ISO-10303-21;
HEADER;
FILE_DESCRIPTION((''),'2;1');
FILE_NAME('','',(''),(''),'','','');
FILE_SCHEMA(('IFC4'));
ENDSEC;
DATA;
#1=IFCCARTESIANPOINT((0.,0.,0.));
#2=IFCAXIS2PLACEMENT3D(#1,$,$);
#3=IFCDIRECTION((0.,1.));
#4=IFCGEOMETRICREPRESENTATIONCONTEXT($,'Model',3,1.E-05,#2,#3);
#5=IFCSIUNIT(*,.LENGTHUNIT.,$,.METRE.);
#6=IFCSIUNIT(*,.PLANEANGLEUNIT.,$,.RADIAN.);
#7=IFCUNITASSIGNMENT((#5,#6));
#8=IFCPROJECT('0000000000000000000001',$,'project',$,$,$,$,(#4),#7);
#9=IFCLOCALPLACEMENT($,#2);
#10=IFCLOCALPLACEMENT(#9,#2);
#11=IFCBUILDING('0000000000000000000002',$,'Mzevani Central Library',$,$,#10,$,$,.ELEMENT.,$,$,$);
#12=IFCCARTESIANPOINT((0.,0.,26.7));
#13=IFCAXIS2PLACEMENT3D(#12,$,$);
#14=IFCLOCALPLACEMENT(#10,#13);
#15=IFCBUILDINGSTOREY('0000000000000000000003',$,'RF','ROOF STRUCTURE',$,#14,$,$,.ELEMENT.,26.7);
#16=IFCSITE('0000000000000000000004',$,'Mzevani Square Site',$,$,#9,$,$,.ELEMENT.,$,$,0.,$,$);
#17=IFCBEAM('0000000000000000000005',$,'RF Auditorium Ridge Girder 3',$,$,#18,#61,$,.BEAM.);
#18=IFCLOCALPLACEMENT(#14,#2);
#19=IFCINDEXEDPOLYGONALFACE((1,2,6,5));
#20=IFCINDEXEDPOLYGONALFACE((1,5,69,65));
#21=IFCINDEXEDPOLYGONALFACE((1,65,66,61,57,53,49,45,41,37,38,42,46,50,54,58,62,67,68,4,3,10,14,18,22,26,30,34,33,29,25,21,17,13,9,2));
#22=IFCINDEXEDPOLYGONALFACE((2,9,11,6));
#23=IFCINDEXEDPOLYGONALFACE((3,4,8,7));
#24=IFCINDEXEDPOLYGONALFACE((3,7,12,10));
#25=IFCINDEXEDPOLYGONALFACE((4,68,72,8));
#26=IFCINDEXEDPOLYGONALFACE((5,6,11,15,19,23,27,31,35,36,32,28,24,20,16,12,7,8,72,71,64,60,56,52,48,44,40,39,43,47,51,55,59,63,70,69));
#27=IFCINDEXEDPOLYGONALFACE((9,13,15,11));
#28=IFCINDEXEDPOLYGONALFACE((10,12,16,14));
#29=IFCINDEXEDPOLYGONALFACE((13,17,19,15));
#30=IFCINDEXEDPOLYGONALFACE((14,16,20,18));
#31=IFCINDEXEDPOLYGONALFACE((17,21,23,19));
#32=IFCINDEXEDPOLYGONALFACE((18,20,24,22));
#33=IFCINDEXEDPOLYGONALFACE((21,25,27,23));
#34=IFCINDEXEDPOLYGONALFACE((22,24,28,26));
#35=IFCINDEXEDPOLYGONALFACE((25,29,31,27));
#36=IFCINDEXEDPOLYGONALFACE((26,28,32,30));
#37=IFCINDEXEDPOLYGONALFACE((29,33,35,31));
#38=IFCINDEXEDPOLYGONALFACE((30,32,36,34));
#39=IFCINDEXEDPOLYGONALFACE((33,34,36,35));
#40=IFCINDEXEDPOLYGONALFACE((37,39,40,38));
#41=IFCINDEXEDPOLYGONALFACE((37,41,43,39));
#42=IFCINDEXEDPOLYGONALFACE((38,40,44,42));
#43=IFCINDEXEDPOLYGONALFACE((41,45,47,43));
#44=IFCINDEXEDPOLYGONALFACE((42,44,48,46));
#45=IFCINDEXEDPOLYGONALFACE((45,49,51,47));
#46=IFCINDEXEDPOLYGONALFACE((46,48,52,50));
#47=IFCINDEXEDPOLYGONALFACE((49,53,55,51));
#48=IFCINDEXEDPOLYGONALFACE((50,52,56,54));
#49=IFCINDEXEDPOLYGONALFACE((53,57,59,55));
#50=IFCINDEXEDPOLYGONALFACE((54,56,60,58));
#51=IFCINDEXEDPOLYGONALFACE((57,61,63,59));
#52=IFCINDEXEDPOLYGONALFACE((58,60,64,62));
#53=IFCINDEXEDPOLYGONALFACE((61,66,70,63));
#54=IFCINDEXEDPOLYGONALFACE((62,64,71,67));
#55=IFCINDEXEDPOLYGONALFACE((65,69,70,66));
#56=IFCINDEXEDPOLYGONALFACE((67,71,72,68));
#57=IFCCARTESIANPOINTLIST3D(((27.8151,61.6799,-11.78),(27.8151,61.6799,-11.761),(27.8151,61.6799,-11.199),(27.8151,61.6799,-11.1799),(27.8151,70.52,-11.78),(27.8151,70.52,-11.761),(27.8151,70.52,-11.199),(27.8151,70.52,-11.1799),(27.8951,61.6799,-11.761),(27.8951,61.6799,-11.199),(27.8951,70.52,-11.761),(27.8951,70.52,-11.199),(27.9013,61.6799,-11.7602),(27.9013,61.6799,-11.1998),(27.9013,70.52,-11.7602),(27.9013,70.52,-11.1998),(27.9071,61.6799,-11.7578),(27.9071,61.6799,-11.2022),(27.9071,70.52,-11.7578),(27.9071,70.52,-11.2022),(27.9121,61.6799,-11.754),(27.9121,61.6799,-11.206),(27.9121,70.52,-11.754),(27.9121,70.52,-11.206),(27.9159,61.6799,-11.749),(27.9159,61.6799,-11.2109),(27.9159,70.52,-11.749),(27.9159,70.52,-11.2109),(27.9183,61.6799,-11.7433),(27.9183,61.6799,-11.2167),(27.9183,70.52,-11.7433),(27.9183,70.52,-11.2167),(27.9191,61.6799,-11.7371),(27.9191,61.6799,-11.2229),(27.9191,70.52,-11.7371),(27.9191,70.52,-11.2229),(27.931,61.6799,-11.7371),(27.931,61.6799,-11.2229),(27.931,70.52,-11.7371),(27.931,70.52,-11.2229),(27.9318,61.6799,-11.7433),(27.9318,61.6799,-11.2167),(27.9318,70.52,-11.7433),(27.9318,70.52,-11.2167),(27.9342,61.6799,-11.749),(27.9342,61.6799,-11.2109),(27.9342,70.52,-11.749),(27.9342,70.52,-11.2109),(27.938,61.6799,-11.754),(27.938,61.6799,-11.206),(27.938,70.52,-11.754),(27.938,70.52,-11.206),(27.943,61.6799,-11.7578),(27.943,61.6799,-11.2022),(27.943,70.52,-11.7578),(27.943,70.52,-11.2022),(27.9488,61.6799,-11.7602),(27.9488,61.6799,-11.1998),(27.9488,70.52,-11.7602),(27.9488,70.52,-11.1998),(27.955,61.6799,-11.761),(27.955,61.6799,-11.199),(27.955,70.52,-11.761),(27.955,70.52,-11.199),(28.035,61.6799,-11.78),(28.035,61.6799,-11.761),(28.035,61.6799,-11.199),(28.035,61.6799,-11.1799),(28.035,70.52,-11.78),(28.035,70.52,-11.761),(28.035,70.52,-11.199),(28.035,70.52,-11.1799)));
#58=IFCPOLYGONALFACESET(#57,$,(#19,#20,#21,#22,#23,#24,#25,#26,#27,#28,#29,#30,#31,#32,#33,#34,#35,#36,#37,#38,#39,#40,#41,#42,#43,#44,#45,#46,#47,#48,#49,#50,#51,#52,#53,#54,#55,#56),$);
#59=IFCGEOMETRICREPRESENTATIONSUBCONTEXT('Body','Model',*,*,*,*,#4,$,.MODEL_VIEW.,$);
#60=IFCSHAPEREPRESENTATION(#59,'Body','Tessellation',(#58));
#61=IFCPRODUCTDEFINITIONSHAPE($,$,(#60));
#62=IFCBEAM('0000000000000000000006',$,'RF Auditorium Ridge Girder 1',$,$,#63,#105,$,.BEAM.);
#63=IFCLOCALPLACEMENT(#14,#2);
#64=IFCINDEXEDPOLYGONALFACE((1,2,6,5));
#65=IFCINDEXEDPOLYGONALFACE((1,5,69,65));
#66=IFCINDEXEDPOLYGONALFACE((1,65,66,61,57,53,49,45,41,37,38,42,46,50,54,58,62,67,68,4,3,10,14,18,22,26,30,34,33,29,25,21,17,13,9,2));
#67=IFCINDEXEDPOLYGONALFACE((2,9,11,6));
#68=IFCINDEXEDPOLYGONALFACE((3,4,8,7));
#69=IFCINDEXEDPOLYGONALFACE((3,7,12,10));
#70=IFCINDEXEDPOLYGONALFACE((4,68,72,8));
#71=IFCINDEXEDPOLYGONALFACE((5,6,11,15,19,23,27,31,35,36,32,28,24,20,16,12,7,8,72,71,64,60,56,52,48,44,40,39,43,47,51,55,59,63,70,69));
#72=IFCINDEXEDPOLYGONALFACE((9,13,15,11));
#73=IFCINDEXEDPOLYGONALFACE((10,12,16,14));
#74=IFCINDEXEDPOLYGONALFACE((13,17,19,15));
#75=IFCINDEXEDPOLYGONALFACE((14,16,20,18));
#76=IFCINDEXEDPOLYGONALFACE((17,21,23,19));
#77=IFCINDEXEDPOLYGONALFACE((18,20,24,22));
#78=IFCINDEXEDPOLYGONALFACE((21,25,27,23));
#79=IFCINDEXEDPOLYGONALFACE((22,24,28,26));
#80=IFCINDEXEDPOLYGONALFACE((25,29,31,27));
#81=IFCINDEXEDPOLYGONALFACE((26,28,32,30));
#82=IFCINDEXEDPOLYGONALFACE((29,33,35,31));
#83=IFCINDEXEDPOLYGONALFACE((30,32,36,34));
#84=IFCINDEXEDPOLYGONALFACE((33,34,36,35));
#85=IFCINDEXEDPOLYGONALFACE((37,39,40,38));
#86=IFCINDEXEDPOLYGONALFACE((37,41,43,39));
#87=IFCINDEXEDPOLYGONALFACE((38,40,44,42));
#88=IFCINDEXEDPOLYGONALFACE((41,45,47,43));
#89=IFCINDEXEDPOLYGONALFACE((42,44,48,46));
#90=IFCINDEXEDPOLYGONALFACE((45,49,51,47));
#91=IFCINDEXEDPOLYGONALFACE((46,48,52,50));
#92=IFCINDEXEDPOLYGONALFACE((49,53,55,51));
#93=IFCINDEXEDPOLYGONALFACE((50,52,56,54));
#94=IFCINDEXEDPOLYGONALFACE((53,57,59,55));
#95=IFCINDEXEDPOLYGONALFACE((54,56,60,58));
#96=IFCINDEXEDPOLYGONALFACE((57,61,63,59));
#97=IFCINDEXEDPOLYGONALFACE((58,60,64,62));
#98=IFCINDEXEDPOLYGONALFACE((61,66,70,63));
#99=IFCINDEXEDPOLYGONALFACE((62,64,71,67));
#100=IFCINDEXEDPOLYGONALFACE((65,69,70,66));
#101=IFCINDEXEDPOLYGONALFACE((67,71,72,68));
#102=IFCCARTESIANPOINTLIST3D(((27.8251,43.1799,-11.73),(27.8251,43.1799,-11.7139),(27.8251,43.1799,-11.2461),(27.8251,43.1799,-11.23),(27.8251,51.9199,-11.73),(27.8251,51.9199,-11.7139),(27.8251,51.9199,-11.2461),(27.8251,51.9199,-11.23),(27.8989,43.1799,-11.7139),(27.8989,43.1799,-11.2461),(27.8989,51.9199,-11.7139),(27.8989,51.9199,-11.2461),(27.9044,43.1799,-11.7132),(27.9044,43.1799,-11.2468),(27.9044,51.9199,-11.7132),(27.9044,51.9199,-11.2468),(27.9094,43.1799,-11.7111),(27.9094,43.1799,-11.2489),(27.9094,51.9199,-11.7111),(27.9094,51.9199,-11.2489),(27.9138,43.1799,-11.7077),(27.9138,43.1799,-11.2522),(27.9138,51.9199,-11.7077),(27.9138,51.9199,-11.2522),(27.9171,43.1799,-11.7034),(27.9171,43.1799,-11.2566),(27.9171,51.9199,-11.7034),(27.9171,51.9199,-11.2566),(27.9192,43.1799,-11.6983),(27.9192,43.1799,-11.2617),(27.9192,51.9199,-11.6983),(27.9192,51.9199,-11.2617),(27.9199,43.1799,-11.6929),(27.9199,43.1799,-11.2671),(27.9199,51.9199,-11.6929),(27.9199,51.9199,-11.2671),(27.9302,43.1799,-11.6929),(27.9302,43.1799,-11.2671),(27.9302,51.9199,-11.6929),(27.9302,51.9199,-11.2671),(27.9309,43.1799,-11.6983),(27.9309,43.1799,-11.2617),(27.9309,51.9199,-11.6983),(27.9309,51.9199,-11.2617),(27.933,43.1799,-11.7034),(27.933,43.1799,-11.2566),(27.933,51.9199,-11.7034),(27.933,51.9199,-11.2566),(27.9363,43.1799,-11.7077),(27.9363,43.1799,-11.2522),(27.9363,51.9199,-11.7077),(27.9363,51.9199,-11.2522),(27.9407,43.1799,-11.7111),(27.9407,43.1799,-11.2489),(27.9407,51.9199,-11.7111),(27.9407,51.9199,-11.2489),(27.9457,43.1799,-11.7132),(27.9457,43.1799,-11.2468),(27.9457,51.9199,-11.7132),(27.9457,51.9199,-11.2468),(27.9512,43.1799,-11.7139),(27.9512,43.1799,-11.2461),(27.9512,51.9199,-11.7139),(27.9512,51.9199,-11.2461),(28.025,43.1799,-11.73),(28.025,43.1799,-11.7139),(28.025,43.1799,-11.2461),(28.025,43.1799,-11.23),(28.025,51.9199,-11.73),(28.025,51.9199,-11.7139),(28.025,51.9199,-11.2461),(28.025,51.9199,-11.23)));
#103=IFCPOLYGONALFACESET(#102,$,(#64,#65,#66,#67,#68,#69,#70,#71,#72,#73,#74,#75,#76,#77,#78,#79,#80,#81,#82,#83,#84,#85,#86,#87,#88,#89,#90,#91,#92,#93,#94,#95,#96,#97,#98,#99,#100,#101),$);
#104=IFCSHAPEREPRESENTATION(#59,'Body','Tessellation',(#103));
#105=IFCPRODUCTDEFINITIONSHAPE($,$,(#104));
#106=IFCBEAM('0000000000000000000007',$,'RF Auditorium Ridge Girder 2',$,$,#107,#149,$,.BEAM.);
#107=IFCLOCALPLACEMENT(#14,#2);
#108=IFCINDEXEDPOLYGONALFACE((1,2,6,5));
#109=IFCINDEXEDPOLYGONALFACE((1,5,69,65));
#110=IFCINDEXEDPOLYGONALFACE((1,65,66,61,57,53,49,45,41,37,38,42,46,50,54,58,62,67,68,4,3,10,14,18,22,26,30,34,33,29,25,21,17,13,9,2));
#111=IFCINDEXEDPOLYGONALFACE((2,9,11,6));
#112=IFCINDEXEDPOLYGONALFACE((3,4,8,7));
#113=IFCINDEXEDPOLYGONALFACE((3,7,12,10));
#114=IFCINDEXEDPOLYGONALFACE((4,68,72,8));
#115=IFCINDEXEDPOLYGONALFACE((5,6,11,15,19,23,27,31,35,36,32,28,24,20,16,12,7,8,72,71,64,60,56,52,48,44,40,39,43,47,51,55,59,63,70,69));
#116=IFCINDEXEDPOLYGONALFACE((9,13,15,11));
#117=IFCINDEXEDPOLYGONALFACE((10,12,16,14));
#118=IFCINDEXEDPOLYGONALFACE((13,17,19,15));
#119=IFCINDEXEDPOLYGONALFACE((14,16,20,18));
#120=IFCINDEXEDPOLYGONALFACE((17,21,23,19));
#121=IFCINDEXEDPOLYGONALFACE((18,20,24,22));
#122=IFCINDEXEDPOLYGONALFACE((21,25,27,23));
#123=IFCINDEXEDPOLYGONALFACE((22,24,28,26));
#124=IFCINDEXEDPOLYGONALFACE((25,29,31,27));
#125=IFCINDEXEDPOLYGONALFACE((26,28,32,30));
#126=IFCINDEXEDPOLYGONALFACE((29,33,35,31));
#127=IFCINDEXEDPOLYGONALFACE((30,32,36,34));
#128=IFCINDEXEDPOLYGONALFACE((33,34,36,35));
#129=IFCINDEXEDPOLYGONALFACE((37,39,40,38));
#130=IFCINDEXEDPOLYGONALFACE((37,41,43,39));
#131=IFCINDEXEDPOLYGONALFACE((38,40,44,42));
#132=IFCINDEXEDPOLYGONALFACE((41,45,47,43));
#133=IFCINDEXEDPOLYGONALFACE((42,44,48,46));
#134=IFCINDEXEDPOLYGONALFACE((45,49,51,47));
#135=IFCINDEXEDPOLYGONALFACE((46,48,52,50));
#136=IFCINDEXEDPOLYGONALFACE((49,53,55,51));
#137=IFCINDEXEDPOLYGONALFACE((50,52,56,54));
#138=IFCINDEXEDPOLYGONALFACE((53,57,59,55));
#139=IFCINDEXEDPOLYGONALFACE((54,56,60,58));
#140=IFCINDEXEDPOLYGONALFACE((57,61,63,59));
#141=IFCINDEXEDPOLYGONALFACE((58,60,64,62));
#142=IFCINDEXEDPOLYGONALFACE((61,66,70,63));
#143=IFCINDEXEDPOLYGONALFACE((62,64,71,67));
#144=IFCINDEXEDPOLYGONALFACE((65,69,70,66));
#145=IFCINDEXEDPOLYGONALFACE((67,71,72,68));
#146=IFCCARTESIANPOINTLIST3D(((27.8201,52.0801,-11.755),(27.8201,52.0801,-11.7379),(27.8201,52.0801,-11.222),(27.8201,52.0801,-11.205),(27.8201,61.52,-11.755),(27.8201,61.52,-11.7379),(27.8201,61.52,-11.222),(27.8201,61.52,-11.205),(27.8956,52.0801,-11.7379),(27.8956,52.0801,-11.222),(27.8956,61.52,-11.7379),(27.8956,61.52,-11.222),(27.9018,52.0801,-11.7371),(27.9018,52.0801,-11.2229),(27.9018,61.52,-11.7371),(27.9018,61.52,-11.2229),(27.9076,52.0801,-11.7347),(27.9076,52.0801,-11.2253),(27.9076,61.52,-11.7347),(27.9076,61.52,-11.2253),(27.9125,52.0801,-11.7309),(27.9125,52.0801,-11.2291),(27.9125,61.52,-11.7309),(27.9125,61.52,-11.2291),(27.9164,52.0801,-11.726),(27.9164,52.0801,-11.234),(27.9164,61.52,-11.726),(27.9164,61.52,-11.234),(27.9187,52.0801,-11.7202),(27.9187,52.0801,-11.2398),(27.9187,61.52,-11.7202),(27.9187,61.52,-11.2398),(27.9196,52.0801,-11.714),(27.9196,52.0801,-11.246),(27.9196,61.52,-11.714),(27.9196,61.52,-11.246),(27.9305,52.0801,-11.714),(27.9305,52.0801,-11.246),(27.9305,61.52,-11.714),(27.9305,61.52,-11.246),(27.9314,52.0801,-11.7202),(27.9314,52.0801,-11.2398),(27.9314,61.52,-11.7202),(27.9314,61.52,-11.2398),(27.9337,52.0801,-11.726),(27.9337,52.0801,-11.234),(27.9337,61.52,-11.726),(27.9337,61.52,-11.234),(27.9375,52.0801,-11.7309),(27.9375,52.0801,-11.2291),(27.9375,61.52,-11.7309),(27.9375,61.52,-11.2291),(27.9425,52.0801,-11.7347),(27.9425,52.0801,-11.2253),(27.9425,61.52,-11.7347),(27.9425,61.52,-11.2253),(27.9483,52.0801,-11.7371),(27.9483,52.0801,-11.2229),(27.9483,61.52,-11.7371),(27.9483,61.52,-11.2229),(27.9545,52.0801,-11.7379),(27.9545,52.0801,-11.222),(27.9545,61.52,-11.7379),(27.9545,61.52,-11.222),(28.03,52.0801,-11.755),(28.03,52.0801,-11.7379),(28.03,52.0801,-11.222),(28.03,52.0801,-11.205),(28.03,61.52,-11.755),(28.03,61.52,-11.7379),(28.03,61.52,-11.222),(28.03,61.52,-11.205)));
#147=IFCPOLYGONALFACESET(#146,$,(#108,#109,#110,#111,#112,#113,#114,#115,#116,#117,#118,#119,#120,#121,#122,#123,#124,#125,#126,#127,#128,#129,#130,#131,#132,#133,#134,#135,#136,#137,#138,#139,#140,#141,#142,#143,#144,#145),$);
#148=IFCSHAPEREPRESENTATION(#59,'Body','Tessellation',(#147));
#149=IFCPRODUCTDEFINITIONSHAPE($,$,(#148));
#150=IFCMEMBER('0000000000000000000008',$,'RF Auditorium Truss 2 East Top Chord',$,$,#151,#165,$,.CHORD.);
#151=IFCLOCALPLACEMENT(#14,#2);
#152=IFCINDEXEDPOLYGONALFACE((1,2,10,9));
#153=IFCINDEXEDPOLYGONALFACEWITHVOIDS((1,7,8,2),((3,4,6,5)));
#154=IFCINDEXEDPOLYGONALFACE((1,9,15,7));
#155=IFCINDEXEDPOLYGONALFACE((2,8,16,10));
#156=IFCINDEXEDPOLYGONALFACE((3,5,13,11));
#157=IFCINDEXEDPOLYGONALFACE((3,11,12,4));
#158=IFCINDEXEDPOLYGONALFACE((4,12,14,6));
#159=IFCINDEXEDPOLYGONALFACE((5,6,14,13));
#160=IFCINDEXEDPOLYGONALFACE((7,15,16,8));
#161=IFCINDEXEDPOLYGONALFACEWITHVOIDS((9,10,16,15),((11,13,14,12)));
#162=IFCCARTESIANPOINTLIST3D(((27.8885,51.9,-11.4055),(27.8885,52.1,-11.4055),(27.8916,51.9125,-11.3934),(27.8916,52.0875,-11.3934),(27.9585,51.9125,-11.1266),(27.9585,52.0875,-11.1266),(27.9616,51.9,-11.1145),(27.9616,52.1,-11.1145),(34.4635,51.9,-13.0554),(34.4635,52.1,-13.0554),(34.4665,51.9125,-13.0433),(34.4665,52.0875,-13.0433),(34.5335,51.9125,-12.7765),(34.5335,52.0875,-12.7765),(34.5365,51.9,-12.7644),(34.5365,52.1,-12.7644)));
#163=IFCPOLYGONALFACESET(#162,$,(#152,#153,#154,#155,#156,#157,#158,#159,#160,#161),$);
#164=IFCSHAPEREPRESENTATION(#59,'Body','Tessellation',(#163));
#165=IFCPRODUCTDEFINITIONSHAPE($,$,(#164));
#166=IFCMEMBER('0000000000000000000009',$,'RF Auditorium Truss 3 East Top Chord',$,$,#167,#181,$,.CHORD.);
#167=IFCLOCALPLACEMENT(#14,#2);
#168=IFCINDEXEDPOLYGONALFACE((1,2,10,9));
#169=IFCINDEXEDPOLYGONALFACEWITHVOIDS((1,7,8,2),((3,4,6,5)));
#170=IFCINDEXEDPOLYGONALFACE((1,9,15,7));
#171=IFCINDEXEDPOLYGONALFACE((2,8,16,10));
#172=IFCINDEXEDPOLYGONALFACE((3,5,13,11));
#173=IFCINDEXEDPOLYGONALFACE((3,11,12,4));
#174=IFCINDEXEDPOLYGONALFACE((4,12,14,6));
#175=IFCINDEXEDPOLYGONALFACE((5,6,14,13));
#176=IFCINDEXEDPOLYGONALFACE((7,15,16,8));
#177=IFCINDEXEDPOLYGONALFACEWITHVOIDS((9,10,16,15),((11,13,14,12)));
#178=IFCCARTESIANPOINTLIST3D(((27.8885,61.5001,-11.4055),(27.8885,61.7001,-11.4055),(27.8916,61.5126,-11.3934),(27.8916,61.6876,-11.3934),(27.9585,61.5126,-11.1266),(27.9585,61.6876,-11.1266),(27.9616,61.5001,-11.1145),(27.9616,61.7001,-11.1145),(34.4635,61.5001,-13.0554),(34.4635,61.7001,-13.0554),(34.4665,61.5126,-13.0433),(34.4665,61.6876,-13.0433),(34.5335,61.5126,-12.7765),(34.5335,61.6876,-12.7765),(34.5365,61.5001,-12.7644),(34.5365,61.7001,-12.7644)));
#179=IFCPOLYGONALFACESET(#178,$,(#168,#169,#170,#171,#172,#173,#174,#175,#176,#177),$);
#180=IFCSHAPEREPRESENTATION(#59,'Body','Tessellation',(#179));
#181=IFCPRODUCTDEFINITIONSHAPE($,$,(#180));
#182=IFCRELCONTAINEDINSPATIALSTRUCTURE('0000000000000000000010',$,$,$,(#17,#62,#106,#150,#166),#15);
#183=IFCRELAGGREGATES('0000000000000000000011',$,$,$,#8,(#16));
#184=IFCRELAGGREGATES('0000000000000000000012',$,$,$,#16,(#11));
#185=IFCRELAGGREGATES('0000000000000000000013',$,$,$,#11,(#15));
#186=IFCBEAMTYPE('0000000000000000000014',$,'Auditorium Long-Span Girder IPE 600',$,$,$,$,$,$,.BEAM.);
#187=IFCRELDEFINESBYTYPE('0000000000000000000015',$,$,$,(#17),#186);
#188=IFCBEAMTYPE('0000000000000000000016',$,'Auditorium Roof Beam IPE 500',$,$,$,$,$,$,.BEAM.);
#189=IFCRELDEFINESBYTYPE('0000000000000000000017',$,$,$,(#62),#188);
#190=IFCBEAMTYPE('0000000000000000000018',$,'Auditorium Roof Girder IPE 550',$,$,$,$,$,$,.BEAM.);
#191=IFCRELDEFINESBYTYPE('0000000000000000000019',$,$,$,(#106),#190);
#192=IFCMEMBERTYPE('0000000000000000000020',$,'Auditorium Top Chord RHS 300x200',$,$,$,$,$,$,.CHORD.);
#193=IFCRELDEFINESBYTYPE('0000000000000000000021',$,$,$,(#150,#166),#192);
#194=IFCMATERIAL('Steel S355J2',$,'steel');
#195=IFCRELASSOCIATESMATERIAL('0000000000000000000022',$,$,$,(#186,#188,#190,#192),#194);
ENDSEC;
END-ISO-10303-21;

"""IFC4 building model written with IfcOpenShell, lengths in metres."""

from ifc_helpers import new_model, si_unit, direction, frame, origin, origin_2d, place, context, subcontext, project, spatial, hollow_rectangle, i_section, extrude, material, material_profile, profile_set, type_object, element, save


model = new_model("IFC4")

# Units and contexts
model_context = context("Model", 3, precision=1e-05, world=origin(), true_north=direction((0.0, 1.0)))
body_context = subcontext(model_context, "Body", "Model", "MODEL_VIEW")
ifc_project = project(units=[si_unit("LENGTHUNIT", "METRE"), si_unit("PLANEANGLEUNIT", "RADIAN")], contexts=[model_context])

# Site, building, storey
site_placement = place(None, origin())
site = spatial("IfcSite", under=ifc_project, at=site_placement, Name="Mzevani Square Site", CompositionType="ELEMENT", RefElevation=0.0)
building_placement = place(site_placement, origin())
building = spatial("IfcBuilding", under=site, at=building_placement, Name="Mzevani Central Library", CompositionType="ELEMENT")
storey_placement = place(building_placement, frame((0.0, 0.0, 26.7)))
storey = spatial("IfcBuildingStorey", under=building, at=storey_placement, Name="RF", Description="ROOF STRUCTURE", CompositionType="ELEMENT", Elevation=26.7)

# Beams
ifc_material = material(Name="Steel S355J2", Category="steel")
ifc_material_profile_1 = material_profile(ifc_material, i_section(OverallWidth=0.22, OverallDepth=0.6001, WebThickness=0.012, FlangeThickness=0.019, FilletRadius=0.0239, at=origin_2d()), Name="IPE 600")
ifc_profile_set_1 = profile_set([ifc_material_profile_1], Name="Steel S355J2")
beam_type_1 = type_object("IfcBeamType", Name="Auditorium Long-Span Girder IPE 600", PredefinedType="BEAM", material=ifc_profile_set_1)
beam_1_placement = place(storey_placement, frame((27.925, 61.6799, -11.48), z_axis=(0.0, 1.0, 0.0), x_axis=(-1.0, 0.0, 0.0)))
element("IfcBeam", 1, at=beam_1_placement, inside=storey, type_object=beam_type_1, Name="RF Auditorium Ridge Girder 3", PredefinedType="BEAM", context=body_context, shape_type="SweptSolid", body=[
    extrude(i_section(OverallWidth=0.22, OverallDepth=0.6001, WebThickness=0.012, FlangeThickness=0.019, FilletRadius=0.0239, at=origin_2d()), origin(), (0.0, 0.0, 1.0), 8.8401),
])
ifc_material_profile_2 = material_profile(ifc_material, i_section(OverallWidth=0.2, OverallDepth=0.5, WebThickness=0.0103, FlangeThickness=0.0161, FilletRadius=0.021, at=origin_2d()), Name="IPE 500")
ifc_profile_set_2 = profile_set([ifc_material_profile_2], Name="Steel S355J2")
beam_type_2 = type_object("IfcBeamType", Name="Auditorium Roof Beam IPE 500", PredefinedType="BEAM", material=ifc_profile_set_2)
beam_2_placement = place(storey_placement, frame((27.925, 43.1799, -11.48), z_axis=(0.0, 1.0, 0.0), x_axis=(-1.0, 0.0, 0.0)))
element("IfcBeam", 2, at=beam_2_placement, inside=storey, type_object=beam_type_2, Name="RF Auditorium Ridge Girder 1", PredefinedType="BEAM", context=body_context, shape_type="SweptSolid", body=[
    extrude(i_section(OverallWidth=0.2, OverallDepth=0.5, WebThickness=0.0103, FlangeThickness=0.0161, FilletRadius=0.021, at=origin_2d()), origin(), (0.0, 0.0, 1.0), 8.74),
])
ifc_material_profile_3 = material_profile(ifc_material, i_section(OverallWidth=0.21, OverallDepth=0.55, WebThickness=0.011, FlangeThickness=0.0171, FilletRadius=0.0239, at=origin_2d()), Name="IPE 550")
ifc_profile_set_3 = profile_set([ifc_material_profile_3], Name="Steel S355J2")
beam_type_3 = type_object("IfcBeamType", Name="Auditorium Roof Girder IPE 550", PredefinedType="BEAM", material=ifc_profile_set_3)
beam_3_placement = place(storey_placement, frame((27.925, 52.0801, -11.48), z_axis=(0.0, 1.0, 0.0), x_axis=(-1.0, 0.0, 0.0)))
element("IfcBeam", 3, at=beam_3_placement, inside=storey, type_object=beam_type_3, Name="RF Auditorium Ridge Girder 2", PredefinedType="BEAM", context=body_context, shape_type="SweptSolid", body=[
    extrude(i_section(OverallWidth=0.21, OverallDepth=0.55, WebThickness=0.011, FlangeThickness=0.0171, FilletRadius=0.0239, at=origin_2d()), origin(), (0.0, 0.0, 1.0), 9.4399),
])

# Members
ifc_material_profile_4 = material_profile(ifc_material, hollow_rectangle(XDim=0.2, YDim=0.3, WallThickness=0.0125, at=origin_2d()), Name="RHS 300x200x12.5")
ifc_profile_set_4 = profile_set([ifc_material_profile_4], Name="Steel S355J2")
member_type_1 = type_object("IfcMemberType", Name="Auditorium Top Chord RHS 300x200", PredefinedType="CHORD", material=ifc_profile_set_4)
for number, where, z_axis, x_axis, name in (
    (4, (27.925, 52.0, -11.26), (0.969928, 0.0, -0.243391), (0.0, 1.0, 0.0), "RF Auditorium Truss 2 East Top Chord"),
    (5, (27.925, 61.6001, -11.26), (0.969928, 0.0, -0.243391), (0.0, 1.0, 0.0), "RF Auditorium Truss 3 East Top Chord"),
):
    element("IfcMember", number, at=place(storey_placement, frame(where, z_axis=z_axis, x_axis=x_axis)), inside=storey, type_object=member_type_1, Name=name, PredefinedType="CHORD", context=body_context, shape_type="SweptSolid", body=[
        extrude(hollow_rectangle(XDim=0.2, YDim=0.3, WallThickness=0.0125, at=origin_2d()), origin(), (0.0, 0.0, 1.0), 6.7788),
    ])

save(model, "model.ifc")
